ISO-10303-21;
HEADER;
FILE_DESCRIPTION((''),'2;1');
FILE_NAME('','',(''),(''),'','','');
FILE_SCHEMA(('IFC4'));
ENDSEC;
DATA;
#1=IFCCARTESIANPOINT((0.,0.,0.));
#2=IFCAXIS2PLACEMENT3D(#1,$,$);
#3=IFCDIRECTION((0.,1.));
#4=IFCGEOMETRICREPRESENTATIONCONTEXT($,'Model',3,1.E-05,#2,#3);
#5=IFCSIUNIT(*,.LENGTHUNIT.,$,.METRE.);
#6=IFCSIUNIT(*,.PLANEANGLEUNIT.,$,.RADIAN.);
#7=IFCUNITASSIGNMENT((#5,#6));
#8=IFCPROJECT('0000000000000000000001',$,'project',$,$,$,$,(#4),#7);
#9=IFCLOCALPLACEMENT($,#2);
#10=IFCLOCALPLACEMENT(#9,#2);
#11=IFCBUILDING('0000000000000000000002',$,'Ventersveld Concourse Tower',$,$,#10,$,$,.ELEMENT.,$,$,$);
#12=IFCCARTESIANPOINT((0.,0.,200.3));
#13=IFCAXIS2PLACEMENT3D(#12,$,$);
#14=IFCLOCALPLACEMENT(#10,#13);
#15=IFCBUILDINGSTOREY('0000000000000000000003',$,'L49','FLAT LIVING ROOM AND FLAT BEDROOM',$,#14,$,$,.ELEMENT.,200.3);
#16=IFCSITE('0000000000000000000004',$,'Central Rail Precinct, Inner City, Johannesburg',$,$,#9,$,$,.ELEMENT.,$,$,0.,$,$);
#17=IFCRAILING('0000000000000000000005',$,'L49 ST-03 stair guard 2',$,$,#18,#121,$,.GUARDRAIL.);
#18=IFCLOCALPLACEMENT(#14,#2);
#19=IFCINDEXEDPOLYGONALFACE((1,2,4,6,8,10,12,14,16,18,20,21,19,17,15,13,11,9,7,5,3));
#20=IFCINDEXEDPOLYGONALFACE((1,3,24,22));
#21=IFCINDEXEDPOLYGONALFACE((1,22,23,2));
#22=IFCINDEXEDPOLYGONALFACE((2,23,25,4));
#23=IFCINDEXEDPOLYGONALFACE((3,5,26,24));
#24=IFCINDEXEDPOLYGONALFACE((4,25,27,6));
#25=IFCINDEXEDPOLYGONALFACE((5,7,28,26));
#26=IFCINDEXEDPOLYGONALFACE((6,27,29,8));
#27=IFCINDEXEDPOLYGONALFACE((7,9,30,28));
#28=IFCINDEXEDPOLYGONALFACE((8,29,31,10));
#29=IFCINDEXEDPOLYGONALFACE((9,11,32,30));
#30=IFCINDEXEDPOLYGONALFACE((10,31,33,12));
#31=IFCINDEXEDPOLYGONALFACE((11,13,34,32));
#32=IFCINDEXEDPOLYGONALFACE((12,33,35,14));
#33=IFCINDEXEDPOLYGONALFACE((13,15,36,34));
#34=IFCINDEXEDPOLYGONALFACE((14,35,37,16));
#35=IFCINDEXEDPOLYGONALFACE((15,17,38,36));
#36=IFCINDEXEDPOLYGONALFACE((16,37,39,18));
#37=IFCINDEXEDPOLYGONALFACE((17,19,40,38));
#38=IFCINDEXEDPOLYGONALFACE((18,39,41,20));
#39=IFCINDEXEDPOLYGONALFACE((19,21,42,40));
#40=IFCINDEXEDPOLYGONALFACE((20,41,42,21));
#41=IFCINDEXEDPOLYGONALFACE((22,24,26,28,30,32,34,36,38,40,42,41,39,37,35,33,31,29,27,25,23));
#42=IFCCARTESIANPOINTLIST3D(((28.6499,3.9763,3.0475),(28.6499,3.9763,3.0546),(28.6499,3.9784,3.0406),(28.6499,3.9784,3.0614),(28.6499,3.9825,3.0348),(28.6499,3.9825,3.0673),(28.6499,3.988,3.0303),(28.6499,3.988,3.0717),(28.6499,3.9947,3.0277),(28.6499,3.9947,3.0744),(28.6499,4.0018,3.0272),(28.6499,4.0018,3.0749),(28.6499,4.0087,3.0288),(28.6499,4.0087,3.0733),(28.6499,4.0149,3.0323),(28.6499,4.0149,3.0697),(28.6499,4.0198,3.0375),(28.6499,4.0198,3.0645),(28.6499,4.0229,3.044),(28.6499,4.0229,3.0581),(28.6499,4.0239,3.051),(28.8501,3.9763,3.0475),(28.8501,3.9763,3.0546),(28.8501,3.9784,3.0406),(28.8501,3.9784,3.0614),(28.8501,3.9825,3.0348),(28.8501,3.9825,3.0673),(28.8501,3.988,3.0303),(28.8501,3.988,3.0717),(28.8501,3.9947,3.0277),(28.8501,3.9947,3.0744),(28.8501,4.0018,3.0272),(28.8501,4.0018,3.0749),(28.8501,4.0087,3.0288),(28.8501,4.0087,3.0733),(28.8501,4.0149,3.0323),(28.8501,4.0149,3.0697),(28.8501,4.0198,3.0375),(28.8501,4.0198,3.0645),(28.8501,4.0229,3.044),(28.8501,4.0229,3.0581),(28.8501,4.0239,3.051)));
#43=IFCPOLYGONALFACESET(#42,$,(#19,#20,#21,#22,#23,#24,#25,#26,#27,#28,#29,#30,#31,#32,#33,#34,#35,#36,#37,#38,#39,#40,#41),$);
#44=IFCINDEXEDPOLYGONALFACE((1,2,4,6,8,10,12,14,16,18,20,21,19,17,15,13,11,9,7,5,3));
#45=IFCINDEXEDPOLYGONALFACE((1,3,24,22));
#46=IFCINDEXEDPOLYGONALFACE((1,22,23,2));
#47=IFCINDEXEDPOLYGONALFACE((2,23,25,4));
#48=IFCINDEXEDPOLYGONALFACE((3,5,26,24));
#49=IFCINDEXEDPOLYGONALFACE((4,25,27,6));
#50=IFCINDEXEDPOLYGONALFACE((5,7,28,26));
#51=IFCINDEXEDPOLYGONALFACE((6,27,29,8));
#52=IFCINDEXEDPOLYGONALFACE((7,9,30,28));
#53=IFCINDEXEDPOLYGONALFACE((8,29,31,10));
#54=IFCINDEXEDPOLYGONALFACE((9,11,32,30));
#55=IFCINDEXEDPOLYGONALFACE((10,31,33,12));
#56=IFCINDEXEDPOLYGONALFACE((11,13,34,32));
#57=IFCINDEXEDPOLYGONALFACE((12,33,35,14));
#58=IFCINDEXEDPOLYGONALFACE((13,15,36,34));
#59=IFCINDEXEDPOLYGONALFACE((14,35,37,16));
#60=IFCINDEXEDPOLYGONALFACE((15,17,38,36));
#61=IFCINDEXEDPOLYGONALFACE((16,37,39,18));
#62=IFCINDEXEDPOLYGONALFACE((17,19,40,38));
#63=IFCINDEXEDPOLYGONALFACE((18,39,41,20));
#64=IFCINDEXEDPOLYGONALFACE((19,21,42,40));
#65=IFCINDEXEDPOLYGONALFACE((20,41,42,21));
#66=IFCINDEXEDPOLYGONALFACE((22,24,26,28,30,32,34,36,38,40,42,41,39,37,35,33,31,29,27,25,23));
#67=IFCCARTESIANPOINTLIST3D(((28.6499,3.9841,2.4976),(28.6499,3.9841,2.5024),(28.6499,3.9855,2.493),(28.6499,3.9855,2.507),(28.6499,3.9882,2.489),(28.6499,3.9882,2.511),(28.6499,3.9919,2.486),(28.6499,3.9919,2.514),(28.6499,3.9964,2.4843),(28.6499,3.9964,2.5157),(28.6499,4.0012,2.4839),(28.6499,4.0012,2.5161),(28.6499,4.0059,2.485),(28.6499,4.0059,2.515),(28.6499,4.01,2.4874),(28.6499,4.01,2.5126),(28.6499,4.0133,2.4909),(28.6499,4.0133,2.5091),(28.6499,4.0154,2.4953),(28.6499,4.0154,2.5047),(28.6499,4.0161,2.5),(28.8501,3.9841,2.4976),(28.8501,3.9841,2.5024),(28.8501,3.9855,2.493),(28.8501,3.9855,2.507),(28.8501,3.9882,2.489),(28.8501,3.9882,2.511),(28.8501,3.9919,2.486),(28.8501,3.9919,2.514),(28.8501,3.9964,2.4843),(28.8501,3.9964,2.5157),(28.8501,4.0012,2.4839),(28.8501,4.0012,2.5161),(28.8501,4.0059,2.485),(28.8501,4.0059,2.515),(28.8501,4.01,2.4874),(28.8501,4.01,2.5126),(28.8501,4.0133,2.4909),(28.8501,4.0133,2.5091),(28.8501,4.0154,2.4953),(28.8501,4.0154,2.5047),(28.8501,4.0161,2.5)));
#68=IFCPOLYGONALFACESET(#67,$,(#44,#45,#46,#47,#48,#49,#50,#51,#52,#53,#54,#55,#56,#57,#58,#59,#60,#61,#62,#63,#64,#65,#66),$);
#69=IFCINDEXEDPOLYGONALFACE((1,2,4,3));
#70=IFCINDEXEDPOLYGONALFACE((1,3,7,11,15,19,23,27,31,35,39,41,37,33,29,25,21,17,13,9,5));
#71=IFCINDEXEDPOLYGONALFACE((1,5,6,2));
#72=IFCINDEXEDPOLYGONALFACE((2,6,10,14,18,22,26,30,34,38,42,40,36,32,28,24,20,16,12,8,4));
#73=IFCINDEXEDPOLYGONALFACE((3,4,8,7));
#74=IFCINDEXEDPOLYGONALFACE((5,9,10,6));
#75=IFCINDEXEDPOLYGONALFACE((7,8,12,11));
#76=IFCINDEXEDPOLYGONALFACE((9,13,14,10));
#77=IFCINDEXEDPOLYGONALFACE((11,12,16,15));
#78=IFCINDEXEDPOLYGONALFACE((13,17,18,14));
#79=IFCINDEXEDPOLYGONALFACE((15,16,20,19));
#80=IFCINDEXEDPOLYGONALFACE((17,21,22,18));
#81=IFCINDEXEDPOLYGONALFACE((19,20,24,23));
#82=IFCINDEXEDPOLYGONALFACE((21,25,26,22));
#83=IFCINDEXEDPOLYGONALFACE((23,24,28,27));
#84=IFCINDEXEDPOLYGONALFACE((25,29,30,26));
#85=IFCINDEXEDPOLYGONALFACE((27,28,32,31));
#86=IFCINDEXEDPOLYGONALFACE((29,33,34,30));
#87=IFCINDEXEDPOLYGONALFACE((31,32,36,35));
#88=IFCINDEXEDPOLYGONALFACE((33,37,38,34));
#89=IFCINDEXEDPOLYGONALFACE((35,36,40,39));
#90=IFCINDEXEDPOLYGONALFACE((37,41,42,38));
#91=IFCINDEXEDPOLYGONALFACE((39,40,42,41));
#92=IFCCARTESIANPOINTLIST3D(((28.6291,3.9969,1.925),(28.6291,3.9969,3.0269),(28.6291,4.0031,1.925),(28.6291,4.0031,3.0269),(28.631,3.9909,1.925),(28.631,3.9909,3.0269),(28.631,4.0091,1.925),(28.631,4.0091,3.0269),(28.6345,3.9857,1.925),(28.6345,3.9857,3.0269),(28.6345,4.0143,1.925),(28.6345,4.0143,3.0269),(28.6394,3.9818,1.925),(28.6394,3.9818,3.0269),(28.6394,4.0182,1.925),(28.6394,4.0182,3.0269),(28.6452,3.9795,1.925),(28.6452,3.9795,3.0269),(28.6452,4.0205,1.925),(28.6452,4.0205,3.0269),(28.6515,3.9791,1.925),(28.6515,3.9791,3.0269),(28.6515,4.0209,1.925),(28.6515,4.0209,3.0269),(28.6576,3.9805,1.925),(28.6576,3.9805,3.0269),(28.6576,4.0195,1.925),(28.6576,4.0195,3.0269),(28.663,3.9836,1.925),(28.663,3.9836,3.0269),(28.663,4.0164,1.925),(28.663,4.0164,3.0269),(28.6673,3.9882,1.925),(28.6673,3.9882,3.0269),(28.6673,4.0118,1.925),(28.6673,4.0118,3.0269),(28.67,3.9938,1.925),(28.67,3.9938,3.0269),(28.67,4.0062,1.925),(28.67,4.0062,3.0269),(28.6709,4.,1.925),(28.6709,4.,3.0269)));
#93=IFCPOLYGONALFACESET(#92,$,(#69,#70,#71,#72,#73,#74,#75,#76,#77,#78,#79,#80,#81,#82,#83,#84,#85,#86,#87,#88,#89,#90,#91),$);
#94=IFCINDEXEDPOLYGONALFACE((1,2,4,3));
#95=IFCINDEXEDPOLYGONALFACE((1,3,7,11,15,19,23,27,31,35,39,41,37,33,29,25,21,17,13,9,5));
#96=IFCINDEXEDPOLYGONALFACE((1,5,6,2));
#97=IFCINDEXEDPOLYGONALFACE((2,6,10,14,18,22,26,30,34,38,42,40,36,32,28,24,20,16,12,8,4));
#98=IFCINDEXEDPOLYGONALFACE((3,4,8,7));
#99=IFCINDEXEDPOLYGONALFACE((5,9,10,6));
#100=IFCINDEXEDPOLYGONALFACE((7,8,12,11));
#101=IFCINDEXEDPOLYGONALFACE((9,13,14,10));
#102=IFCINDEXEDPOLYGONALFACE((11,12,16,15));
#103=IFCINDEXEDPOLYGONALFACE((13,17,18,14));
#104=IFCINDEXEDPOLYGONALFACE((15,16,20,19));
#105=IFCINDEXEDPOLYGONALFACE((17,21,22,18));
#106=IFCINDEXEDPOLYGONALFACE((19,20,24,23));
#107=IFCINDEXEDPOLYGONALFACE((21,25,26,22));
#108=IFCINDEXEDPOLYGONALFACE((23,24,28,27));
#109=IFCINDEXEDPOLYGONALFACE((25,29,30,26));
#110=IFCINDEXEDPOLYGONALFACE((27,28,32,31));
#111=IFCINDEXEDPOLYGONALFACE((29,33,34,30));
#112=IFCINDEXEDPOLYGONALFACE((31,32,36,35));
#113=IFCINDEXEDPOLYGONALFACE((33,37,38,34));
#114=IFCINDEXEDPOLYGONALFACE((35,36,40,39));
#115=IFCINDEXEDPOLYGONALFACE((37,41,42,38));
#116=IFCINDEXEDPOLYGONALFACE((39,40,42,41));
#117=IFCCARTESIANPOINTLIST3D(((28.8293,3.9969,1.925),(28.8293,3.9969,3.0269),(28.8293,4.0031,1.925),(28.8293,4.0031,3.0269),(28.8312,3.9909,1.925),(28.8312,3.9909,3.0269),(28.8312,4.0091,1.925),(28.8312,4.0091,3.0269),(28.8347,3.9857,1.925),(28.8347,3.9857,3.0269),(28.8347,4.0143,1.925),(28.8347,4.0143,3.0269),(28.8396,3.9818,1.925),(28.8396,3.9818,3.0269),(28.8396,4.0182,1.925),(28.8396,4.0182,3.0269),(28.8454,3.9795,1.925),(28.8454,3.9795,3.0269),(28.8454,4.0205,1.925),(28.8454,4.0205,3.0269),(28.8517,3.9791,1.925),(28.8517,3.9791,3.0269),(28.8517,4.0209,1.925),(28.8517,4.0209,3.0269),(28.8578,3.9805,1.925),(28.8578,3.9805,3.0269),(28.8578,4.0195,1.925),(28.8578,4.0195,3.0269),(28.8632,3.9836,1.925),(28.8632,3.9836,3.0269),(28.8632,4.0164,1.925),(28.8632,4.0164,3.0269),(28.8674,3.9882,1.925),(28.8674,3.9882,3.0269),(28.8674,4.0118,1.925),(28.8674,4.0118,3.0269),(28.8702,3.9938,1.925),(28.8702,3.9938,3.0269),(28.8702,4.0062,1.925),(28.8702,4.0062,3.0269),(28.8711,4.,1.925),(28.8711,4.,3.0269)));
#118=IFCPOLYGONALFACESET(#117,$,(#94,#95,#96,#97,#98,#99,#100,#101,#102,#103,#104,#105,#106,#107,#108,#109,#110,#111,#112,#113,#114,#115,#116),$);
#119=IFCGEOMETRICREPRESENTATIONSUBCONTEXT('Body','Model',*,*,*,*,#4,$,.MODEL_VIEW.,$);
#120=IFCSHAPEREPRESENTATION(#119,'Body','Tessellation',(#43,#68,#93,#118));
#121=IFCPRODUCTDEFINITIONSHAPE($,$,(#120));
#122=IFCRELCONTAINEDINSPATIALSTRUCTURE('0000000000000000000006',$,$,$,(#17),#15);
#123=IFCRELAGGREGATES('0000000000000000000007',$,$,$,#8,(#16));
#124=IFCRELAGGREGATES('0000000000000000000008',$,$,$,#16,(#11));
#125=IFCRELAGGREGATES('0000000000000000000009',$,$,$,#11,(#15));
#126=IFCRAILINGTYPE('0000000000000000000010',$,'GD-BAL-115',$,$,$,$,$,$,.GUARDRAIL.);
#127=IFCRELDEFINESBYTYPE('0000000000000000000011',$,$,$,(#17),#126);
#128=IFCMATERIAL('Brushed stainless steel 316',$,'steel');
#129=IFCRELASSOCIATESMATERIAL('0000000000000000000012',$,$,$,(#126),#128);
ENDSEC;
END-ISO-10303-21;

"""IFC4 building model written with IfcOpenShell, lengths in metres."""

from ifc_helpers import new_model, si_unit, direction, frame, origin, origin_2d, place, context, subcontext, project, spatial, circle, extrude, material, type_object, element, save


model = new_model("IFC4")

# Units and contexts
model_context = context("Model", 3, precision=1e-05, world=origin(), true_north=direction((0.0, 1.0)))
body_context = subcontext(model_context, "Body", "Model", "MODEL_VIEW")
ifc_project = project(units=[si_unit("LENGTHUNIT", "METRE"), si_unit("PLANEANGLEUNIT", "RADIAN")], contexts=[model_context])

# Site, building, storey
site_placement = place(None, origin())
site = spatial("IfcSite", under=ifc_project, at=site_placement, Name="Central Rail Precinct, Inner City, Johannesburg", CompositionType="ELEMENT", RefElevation=0.0)
building_placement = place(site_placement, origin())
building = spatial("IfcBuilding", under=site, at=building_placement, Name="Ventersveld Concourse Tower", CompositionType="ELEMENT")
storey_placement = place(building_placement, frame((0.0, 0.0, 200.3)))
storey = spatial("IfcBuildingStorey", under=building, at=storey_placement, Name="L49", Description="FLAT LIVING ROOM AND FLAT BEDROOM", CompositionType="ELEMENT", Elevation=200.3)

# Shared definitions
ifc_material_1 = material(Name="Brushed stainless steel 316", Category="steel")

# Railing
railing_type = type_object("IfcRailingType", Name="GD-BAL-115", PredefinedType="GUARDRAIL", material=ifc_material_1)
railing_1_placement = place(storey_placement, frame((28.6499, 4.0, 1.925)))
element("IfcRailing", 1, at=railing_1_placement, inside=storey, type_object=railing_type, Name="L49 ST-03 stair guard 2", PredefinedType="GUARDRAIL", context=body_context, shape_type="SweptSolid", body=[
    extrude(circle(Radius=0.0239, at=origin_2d()), frame((0.0, 0.0, 1.126), z_axis=(1.0, 0.0, 0.0), x_axis=(0.0, 1.0, 0.0)), (0.0, 0.0, 1.0), 0.2002),
    extrude(circle(Radius=0.0161, at=origin_2d()), frame((0.0, 0.0, 0.575), z_axis=(1.0, 0.0, 0.0), x_axis=(0.0, 1.0, 0.0)), (0.0, 0.0, 1.0), 0.2002),
    extrude(circle(Radius=0.021, at=origin_2d()), origin(), (0.0, 0.0, 1.0), 1.1018),
    extrude(circle(Radius=0.021, at=origin_2d()), frame((0.2002, 0.0, 0.0)), (0.0, 0.0, 1.0), 1.1018),
])

save(model, "model.ifc")
